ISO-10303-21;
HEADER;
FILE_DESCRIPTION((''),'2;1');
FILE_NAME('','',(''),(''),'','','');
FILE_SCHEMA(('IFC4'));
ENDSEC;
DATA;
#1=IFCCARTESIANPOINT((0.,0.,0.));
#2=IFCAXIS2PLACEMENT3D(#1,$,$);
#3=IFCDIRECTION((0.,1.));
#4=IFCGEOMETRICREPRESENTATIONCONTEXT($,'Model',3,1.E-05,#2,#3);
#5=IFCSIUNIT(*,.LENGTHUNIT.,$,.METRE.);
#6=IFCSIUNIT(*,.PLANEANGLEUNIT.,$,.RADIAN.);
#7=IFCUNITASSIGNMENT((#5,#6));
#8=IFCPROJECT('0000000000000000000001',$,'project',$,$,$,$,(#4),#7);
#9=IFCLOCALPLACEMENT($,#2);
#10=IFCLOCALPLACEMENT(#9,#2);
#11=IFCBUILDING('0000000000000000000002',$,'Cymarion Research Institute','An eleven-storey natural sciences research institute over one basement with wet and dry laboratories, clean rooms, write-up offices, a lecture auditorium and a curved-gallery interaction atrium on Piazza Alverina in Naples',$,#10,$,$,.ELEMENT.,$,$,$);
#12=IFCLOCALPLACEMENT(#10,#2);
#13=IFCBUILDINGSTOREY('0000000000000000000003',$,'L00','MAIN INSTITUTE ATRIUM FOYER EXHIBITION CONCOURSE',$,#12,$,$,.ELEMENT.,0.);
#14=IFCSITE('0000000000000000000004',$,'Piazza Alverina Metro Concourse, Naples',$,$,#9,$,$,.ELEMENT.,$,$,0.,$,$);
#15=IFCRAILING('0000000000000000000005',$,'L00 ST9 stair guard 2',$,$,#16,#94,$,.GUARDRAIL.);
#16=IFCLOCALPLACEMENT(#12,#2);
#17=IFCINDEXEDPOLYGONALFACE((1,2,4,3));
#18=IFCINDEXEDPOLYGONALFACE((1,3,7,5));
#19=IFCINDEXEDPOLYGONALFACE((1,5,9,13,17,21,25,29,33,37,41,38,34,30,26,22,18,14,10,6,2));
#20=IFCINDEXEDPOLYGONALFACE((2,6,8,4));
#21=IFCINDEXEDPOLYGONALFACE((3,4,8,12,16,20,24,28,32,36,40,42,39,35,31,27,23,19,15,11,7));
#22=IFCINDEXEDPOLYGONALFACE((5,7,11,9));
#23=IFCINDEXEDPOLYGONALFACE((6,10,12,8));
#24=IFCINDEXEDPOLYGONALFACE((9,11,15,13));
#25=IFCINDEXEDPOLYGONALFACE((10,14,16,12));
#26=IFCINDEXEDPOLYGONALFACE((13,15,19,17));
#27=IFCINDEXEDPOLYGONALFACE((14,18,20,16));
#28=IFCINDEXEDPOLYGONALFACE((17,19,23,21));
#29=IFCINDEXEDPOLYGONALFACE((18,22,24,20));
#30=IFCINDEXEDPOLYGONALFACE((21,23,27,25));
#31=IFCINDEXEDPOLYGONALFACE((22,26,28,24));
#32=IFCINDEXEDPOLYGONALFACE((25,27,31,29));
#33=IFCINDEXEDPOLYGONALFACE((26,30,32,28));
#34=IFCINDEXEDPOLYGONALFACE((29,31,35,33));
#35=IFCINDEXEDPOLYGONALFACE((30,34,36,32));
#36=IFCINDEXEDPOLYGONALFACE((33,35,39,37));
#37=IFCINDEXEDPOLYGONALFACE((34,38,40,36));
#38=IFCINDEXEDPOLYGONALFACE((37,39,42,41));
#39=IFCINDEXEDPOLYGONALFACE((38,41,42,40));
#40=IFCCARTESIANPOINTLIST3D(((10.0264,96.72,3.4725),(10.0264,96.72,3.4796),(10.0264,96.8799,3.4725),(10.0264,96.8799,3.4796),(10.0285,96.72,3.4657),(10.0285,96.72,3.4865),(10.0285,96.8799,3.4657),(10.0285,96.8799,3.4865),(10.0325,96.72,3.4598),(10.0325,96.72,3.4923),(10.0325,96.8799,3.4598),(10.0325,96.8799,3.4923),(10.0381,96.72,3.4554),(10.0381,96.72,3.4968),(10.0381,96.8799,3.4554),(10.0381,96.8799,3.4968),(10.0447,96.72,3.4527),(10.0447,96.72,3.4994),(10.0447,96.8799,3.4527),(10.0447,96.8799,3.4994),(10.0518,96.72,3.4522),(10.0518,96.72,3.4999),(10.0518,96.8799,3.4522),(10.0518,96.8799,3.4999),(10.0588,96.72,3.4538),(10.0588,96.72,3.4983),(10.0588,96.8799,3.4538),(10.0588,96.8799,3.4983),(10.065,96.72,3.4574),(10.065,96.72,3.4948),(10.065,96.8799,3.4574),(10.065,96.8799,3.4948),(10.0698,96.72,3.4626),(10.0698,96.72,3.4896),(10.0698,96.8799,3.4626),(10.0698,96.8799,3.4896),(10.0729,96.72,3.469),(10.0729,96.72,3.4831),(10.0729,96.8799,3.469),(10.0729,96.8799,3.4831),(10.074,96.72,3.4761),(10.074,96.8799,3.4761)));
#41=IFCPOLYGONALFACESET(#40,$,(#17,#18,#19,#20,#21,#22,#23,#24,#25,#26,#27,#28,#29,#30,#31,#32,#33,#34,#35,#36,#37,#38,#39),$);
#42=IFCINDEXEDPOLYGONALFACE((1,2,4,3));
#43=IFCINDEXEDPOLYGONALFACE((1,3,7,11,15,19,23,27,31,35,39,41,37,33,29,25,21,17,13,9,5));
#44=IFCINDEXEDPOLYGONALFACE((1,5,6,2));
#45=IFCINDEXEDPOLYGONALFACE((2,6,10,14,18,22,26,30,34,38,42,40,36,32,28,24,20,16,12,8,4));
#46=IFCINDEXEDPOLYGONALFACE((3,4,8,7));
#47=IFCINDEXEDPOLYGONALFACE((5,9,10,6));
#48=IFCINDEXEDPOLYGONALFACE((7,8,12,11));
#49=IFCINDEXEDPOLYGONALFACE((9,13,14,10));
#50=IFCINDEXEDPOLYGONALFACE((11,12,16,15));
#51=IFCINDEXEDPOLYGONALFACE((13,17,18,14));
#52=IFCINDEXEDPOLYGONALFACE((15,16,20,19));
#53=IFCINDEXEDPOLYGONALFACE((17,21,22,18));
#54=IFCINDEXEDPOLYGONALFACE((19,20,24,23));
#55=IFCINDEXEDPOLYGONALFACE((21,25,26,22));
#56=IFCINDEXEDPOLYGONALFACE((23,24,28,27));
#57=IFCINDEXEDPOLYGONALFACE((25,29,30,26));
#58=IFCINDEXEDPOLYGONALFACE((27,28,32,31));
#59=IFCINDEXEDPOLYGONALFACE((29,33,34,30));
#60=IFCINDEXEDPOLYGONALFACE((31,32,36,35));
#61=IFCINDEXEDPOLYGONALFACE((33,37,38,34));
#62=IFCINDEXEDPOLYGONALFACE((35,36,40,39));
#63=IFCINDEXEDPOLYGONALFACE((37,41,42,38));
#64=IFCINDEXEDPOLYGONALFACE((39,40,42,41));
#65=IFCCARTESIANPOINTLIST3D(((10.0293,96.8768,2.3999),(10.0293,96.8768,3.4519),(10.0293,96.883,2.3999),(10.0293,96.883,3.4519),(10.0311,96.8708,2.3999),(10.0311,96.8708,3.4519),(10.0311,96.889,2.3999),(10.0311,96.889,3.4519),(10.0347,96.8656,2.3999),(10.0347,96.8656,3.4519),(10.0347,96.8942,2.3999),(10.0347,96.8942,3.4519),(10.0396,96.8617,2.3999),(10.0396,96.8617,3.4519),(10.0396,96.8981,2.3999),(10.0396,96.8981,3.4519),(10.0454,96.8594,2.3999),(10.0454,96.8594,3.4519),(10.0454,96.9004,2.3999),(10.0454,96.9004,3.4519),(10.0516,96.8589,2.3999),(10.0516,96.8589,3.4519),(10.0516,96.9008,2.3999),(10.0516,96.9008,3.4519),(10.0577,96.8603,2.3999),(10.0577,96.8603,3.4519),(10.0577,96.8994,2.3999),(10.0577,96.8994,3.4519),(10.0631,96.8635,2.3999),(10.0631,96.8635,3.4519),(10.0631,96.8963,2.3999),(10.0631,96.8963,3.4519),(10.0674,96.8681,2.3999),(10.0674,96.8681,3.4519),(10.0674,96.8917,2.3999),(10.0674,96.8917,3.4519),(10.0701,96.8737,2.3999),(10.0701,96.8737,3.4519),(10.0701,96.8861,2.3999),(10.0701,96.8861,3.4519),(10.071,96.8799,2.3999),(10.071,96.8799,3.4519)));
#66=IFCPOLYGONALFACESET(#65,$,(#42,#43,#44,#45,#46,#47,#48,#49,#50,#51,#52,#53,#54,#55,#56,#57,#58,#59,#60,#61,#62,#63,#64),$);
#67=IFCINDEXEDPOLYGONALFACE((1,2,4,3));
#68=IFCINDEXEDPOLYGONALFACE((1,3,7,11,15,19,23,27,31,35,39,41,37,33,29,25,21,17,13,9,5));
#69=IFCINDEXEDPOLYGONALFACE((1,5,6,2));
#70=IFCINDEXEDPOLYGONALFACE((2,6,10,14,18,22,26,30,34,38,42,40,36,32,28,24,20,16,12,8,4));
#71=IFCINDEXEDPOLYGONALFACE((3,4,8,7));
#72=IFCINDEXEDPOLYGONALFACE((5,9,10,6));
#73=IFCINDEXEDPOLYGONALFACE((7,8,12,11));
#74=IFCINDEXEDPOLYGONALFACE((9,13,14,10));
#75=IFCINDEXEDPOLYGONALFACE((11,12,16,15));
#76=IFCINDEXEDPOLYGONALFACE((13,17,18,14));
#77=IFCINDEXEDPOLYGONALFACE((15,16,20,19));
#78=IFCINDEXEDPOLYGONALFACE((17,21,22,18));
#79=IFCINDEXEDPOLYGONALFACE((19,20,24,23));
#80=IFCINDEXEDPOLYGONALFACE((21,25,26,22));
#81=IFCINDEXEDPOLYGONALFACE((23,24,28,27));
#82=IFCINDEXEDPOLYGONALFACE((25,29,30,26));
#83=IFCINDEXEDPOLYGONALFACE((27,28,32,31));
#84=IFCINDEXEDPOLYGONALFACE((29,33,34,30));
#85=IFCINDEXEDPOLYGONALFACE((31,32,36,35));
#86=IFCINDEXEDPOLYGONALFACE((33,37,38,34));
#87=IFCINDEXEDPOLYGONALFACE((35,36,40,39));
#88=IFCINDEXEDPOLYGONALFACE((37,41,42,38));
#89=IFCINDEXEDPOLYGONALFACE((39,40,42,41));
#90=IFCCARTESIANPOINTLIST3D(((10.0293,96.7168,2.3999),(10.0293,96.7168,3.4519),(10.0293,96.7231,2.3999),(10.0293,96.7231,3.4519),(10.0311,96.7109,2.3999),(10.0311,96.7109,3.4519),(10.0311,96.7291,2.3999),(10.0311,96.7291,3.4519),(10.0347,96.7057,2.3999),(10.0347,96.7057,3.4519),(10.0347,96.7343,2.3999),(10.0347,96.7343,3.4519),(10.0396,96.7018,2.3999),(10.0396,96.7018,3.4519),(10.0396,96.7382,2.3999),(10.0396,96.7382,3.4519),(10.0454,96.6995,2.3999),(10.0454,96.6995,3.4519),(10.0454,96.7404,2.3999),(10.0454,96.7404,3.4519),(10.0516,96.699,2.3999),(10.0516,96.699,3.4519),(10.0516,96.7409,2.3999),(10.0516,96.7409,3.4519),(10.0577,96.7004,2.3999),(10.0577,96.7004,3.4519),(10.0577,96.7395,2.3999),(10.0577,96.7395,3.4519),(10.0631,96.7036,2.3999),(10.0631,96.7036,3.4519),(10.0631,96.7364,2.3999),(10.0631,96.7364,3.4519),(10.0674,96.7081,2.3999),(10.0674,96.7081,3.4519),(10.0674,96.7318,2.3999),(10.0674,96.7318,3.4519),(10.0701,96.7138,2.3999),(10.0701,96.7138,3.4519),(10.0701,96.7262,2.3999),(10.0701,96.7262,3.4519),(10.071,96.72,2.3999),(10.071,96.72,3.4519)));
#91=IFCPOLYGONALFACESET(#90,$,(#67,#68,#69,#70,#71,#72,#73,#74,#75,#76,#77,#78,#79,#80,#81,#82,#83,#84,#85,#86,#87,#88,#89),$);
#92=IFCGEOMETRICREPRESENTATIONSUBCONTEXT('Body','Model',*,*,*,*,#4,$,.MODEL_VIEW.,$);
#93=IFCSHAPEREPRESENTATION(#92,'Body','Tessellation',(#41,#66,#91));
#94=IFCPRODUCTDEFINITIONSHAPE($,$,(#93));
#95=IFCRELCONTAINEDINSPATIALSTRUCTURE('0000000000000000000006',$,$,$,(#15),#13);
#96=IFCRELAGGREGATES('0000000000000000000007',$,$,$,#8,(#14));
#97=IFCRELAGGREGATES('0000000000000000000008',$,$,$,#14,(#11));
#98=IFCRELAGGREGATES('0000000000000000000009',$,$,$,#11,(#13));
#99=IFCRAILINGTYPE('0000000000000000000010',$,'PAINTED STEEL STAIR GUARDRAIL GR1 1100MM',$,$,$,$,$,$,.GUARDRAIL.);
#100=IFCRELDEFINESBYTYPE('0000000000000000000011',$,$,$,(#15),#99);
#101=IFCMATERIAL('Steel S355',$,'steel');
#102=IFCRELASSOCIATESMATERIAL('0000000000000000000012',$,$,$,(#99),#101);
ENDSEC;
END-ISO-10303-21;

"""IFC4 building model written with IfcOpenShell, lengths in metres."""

from ifc_helpers import new_model, si_unit, direction, frame, origin, origin_2d, place, context, subcontext, project, spatial, circle, extrude, material, type_object, element, save


model = new_model("IFC4")

# Units and contexts
model_context = context("Model", 3, precision=1e-05, world=origin(), true_north=direction((0.0, 1.0)))
body_context = subcontext(model_context, "Body", "Model", "MODEL_VIEW")
ifc_project = project(units=[si_unit("LENGTHUNIT", "METRE"), si_unit("PLANEANGLEUNIT", "RADIAN")], contexts=[model_context])

# Site, building, storey
site_placement = place(None, origin())
site = spatial("IfcSite", under=ifc_project, at=site_placement, Name="Piazza Alverina Metro Concourse, Naples", CompositionType="ELEMENT", RefElevation=0.0)
building_placement = place(site_placement, origin())
building = spatial("IfcBuilding", under=site, at=building_placement, Name="Cymarion Research Institute", Description="An eleven-storey natural sciences research institute over one basement with wet and dry laboratories, clean rooms, write-up offices, a lecture auditorium and a curved-gallery interaction atrium on Piazza Alverina in Naples", CompositionType="ELEMENT")
storey_placement = place(building_placement, origin())
storey = spatial("IfcBuildingStorey", under=building, at=storey_placement, Name="L00", Description="MAIN INSTITUTE ATRIUM FOYER EXHIBITION CONCOURSE", CompositionType="ELEMENT", Elevation=0.0)

# Shared definitions
ifc_material_1 = material(Name="Steel S355", Category="steel")

# Railing
railing_type_1 = type_object("IfcRailingType", Name="PAINTED STEEL STAIR GUARDRAIL GR1 1100MM", PredefinedType="GUARDRAIL", material=ifc_material_1)
railing_1_placement = place(storey_placement, frame((10.05, 96.8799, 2.3999)))
element("IfcRailing", 1, at=railing_1_placement, inside=storey, type_object=railing_type_1, Name="L00 ST9 stair guard 2", PredefinedType="GUARDRAIL", context=body_context, shape_type="SweptSolid", body=[
    extrude(circle(Radius=0.0239, at=origin_2d()), frame((0.0, 0.0, 1.0762), z_axis=(0.0, -1.0, 0.0), x_axis=(1.0, 0.0, 0.0)), (0.0, 0.0, 1.0), 0.1599),
    extrude(circle(Radius=0.021, at=origin_2d()), origin(), (0.0, 0.0, 1.0), 1.052),
    extrude(circle(Radius=0.021, at=origin_2d()), frame((0.0, -0.1599, 0.0)), (0.0, 0.0, 1.0), 1.052),
])

save(model, "model.ifc")
